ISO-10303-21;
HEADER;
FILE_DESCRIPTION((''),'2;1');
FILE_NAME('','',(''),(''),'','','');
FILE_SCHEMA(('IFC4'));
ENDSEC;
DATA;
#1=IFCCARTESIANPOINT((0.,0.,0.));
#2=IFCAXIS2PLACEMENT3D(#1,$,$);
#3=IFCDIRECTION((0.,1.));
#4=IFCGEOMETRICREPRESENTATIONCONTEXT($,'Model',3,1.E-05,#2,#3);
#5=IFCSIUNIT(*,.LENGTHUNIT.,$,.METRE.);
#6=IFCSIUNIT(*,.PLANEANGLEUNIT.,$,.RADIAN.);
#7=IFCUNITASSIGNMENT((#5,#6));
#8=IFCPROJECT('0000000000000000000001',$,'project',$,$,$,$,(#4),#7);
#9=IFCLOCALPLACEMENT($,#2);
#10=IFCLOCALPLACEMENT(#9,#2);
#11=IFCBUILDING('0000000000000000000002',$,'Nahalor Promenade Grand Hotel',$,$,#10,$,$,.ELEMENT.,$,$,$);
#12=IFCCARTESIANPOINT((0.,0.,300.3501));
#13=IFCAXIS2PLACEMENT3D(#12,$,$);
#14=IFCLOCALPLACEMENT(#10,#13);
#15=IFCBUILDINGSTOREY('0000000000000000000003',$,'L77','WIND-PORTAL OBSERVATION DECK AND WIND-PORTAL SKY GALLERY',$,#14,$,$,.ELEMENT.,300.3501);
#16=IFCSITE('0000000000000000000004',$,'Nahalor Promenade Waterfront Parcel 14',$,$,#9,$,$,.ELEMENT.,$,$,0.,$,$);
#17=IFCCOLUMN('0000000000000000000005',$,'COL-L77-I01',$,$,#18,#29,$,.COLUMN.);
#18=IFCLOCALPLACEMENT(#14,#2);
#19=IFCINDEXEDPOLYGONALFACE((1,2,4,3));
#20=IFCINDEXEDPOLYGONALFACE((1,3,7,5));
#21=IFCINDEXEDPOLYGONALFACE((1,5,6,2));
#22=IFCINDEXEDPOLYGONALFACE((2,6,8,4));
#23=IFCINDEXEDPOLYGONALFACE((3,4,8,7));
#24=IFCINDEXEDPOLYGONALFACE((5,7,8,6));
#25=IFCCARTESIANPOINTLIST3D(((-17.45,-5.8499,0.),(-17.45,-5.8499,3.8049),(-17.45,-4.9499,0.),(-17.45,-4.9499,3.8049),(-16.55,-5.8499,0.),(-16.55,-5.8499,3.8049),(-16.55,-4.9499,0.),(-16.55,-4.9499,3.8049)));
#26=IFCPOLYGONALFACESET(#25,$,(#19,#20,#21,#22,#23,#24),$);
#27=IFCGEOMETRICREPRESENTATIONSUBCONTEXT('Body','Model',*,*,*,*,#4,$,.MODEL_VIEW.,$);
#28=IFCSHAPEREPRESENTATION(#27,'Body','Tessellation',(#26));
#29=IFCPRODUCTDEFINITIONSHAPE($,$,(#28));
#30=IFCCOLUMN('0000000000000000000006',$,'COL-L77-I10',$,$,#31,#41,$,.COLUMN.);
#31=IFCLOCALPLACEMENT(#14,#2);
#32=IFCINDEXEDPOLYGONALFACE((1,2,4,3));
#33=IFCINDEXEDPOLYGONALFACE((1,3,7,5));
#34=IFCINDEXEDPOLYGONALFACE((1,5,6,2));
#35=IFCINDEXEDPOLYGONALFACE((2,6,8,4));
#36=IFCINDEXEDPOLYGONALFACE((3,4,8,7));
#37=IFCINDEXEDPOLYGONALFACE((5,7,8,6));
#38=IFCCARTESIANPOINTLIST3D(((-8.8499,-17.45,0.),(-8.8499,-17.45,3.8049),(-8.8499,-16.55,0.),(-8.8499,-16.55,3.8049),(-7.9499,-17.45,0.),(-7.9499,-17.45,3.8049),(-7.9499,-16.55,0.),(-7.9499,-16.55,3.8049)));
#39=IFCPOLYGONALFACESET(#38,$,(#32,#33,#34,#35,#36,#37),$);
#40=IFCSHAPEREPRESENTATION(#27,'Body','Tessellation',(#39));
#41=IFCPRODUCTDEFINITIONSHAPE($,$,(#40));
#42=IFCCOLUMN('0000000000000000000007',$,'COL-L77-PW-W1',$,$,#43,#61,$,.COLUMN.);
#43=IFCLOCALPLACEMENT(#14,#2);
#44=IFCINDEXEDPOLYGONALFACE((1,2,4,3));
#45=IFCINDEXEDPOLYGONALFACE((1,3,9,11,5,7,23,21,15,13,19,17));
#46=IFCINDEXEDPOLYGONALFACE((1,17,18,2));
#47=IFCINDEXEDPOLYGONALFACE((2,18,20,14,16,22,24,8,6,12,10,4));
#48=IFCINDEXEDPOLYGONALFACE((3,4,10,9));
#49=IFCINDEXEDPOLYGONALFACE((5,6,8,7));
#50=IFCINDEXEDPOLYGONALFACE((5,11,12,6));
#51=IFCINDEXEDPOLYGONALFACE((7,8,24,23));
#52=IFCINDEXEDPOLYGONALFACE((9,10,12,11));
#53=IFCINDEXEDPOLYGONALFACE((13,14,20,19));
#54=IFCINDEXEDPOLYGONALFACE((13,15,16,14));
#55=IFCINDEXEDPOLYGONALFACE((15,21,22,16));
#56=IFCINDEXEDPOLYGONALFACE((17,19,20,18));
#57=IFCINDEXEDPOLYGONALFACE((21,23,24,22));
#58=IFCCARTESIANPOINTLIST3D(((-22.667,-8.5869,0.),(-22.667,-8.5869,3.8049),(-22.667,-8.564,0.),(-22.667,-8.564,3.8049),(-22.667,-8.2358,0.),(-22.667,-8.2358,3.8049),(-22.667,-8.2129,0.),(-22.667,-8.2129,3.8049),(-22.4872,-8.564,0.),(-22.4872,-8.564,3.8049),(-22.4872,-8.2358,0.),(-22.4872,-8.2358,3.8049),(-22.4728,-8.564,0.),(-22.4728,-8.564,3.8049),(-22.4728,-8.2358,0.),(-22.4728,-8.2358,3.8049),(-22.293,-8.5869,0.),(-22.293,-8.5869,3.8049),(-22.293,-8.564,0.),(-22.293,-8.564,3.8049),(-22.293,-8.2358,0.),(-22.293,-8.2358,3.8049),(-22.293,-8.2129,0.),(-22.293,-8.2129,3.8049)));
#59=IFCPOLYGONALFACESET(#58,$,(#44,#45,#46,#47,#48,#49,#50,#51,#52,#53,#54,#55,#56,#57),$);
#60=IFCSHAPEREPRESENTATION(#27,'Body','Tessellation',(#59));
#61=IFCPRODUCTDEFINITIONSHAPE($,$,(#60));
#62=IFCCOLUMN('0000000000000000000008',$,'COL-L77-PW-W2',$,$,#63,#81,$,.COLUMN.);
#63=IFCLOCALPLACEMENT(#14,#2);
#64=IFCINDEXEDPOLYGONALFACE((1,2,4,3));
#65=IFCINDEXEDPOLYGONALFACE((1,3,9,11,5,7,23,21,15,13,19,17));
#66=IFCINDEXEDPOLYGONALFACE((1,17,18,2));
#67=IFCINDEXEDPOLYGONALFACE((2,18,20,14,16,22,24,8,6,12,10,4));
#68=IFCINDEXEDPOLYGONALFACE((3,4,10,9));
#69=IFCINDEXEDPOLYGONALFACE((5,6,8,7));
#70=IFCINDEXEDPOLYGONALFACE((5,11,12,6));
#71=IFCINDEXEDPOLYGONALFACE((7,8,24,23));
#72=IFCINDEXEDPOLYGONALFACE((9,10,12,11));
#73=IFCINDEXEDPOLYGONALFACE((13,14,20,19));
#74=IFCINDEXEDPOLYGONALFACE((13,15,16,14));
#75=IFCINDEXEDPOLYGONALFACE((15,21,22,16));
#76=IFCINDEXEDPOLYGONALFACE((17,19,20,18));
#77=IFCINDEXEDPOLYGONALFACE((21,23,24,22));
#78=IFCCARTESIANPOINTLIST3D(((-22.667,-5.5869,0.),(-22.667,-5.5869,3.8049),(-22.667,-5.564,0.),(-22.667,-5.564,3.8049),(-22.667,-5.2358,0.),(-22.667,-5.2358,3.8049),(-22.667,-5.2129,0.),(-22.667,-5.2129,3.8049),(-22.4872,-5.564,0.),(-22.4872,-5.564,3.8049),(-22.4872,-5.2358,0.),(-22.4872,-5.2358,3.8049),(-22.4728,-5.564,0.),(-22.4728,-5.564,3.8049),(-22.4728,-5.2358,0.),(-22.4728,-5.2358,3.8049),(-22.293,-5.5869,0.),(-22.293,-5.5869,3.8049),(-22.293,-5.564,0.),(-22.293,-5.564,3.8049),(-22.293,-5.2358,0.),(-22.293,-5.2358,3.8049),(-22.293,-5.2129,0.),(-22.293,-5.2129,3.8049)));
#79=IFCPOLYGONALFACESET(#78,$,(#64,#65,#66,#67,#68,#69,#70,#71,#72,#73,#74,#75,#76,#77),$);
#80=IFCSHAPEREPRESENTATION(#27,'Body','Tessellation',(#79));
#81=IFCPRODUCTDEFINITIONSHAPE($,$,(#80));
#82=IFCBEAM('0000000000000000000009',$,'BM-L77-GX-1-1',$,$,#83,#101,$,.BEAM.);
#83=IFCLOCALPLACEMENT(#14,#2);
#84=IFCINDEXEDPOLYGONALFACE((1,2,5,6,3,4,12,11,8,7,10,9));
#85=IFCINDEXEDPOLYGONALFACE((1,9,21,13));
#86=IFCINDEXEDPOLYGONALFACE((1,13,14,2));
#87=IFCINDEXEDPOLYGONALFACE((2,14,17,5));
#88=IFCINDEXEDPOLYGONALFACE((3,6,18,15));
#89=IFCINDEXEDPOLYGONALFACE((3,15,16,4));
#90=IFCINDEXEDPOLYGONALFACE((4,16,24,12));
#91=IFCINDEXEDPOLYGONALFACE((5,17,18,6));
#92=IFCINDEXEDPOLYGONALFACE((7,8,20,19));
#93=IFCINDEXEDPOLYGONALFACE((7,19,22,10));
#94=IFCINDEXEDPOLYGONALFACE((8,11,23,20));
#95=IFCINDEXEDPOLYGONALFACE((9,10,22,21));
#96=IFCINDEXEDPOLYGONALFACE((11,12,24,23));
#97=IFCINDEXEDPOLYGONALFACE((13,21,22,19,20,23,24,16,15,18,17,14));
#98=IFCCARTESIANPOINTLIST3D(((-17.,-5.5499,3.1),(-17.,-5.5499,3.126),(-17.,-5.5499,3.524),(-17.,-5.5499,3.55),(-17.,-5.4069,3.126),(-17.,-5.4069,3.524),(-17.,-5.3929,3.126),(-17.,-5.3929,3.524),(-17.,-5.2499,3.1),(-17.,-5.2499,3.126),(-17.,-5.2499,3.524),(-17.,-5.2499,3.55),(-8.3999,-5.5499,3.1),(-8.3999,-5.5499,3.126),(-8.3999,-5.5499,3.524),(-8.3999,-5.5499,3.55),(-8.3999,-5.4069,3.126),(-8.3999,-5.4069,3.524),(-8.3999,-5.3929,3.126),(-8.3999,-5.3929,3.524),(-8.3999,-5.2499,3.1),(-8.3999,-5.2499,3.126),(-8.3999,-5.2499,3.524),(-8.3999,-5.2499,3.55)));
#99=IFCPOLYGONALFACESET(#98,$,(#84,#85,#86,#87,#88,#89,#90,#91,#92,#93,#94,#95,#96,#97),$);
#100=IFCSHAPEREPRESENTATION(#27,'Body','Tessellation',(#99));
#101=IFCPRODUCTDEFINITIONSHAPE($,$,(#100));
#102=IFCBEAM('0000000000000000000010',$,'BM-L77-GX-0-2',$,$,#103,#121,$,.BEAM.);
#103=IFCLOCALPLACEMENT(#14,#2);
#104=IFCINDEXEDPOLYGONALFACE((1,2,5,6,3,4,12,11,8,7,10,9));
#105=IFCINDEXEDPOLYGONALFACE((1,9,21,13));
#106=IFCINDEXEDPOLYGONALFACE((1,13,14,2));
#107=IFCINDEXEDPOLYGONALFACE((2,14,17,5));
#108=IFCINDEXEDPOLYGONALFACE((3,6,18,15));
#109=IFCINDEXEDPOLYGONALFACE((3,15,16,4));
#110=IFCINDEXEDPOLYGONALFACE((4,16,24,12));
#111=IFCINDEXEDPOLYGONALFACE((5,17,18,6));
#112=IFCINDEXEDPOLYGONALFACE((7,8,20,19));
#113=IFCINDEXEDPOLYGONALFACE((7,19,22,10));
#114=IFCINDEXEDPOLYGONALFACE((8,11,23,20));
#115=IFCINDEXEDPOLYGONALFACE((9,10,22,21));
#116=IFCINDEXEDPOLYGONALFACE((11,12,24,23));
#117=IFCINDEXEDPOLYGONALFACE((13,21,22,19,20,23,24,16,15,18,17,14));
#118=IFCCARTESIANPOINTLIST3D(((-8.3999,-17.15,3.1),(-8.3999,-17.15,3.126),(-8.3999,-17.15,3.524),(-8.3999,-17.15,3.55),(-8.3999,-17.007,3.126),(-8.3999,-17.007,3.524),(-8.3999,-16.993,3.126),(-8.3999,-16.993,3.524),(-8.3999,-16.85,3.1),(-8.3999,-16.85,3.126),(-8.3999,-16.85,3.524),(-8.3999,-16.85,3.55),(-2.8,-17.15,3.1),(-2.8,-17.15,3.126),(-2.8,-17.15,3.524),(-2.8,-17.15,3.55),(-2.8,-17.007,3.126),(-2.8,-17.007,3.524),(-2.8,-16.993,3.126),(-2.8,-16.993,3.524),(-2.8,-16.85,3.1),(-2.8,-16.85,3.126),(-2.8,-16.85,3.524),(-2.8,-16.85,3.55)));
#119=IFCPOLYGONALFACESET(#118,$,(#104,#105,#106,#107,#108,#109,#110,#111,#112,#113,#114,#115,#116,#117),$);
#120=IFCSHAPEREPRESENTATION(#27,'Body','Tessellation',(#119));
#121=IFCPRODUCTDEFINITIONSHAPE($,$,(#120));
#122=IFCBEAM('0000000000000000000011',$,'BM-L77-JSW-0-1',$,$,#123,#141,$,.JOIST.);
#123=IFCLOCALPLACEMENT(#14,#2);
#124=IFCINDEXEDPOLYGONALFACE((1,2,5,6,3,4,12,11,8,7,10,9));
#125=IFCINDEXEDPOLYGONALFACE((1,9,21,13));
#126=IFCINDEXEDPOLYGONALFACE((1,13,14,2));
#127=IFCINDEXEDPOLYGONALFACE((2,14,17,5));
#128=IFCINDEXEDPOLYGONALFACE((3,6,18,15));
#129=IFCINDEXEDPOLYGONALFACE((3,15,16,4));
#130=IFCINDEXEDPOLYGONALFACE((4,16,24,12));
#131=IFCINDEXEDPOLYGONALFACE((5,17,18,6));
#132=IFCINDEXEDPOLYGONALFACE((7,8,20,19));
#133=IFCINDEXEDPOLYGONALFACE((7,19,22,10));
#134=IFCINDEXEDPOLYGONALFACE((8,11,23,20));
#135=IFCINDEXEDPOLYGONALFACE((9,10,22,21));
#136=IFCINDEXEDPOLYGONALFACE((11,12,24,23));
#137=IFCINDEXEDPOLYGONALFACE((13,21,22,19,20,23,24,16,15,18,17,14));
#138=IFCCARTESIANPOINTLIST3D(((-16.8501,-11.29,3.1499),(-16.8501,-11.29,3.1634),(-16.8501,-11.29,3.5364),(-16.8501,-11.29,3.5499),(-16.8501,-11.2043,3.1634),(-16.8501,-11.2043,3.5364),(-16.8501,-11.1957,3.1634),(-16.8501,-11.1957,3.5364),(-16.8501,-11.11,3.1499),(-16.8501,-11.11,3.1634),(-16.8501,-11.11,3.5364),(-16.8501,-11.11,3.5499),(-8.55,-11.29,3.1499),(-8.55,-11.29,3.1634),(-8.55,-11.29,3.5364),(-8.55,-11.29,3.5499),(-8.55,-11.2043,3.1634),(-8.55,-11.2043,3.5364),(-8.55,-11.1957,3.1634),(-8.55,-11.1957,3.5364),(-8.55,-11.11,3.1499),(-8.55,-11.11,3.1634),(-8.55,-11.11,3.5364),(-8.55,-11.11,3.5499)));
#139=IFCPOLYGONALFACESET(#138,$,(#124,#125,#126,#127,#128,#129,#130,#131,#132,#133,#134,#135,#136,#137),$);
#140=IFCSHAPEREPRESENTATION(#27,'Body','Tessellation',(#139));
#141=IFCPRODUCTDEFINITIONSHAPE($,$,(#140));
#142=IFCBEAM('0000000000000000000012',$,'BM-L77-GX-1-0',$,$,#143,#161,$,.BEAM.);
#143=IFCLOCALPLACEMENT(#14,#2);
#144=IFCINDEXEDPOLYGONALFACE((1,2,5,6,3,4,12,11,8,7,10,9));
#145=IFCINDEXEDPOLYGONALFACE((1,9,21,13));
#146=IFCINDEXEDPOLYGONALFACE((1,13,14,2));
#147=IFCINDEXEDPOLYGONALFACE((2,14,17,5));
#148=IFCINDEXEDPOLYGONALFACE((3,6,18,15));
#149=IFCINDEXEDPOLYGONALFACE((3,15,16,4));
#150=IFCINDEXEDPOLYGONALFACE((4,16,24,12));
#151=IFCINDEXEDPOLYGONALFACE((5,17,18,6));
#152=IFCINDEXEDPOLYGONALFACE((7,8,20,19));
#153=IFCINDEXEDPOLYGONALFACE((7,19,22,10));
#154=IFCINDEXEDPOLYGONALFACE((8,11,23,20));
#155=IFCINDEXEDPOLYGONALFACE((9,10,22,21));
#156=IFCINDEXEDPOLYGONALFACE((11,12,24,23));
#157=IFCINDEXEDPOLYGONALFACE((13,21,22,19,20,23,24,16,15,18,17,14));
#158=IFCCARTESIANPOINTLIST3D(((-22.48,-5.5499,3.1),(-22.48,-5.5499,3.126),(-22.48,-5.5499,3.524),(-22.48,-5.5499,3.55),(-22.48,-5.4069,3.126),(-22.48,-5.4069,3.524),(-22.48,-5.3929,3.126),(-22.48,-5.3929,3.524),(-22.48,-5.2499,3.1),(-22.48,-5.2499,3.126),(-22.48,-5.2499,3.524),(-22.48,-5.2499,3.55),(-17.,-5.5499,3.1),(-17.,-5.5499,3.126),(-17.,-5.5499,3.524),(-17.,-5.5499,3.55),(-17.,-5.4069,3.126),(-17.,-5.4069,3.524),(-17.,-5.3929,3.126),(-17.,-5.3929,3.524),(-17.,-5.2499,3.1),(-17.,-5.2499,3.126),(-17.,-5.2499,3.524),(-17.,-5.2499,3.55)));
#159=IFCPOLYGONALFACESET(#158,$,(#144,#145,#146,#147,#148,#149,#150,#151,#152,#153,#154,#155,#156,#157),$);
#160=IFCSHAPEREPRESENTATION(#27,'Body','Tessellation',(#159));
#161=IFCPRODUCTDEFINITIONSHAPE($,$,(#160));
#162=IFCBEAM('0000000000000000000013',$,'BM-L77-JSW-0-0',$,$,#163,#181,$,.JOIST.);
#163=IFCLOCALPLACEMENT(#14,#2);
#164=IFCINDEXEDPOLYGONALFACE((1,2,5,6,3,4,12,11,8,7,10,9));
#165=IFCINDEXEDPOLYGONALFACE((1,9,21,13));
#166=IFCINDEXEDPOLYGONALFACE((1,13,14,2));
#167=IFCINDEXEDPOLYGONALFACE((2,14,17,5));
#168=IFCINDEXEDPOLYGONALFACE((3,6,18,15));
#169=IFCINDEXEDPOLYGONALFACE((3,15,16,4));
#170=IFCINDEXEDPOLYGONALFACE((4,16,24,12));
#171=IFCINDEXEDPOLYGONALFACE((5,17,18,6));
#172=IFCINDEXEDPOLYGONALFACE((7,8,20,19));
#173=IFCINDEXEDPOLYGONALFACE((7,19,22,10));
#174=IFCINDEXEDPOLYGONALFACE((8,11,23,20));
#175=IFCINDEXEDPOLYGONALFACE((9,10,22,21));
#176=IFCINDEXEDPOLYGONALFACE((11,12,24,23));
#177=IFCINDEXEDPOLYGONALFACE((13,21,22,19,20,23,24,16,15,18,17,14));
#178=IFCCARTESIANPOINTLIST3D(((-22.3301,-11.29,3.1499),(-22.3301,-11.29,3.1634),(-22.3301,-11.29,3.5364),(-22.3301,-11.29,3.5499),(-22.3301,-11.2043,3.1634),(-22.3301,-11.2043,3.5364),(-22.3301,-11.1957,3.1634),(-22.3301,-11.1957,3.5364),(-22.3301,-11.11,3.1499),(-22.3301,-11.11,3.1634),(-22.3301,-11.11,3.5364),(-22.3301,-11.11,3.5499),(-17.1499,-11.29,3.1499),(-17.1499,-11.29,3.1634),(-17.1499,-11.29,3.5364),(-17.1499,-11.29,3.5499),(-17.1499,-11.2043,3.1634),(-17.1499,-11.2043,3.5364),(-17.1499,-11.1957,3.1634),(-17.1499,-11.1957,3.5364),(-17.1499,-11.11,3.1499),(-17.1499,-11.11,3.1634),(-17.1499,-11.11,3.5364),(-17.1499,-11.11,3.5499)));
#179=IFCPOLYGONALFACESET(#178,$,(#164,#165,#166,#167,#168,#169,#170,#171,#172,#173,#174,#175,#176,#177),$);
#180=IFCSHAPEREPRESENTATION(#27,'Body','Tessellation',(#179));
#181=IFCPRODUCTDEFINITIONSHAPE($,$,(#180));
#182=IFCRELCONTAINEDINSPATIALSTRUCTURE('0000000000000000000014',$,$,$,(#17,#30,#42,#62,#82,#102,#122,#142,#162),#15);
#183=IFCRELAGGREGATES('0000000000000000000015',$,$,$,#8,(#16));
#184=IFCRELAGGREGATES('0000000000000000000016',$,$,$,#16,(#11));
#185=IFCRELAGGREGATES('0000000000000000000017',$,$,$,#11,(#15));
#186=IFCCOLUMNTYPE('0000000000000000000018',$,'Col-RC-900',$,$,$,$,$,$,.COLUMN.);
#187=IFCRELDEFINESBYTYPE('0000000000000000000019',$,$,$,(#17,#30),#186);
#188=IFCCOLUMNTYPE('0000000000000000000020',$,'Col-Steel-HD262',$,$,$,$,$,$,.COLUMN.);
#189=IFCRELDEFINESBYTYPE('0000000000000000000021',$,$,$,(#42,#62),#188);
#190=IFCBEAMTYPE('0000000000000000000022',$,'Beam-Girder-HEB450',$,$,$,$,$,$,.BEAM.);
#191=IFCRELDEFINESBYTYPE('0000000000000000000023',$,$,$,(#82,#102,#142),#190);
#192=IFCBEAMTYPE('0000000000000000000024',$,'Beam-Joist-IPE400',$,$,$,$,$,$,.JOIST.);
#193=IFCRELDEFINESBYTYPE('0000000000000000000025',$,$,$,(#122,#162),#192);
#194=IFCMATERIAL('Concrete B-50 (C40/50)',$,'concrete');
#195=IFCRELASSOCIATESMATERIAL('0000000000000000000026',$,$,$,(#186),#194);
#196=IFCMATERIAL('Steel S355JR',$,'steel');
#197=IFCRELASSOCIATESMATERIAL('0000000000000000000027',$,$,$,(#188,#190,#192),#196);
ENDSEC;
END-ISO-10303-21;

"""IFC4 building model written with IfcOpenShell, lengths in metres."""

from ifc_helpers import new_model, si_unit, direction, frame, origin, origin_2d, place, context, subcontext, project, spatial, rectangle, i_section, extrude, source, transform, mapped, material, material_profile, profile_set, type_object, element, save


model = new_model("IFC4")

# Units and contexts
model_context = context("Model", 3, precision=1e-05, world=origin(), true_north=direction((0.0, 1.0)))
body_context = subcontext(model_context, "Body", "Model", "MODEL_VIEW")
ifc_project = project(units=[si_unit("LENGTHUNIT", "METRE"), si_unit("PLANEANGLEUNIT", "RADIAN")], contexts=[model_context])

# Site, building, storey
site_placement = place(None, origin())
site = spatial("IfcSite", under=ifc_project, at=site_placement, Name="Nahalor Promenade Waterfront Parcel 14", CompositionType="ELEMENT", RefElevation=0.0)
building_placement = place(site_placement, origin())
building = spatial("IfcBuilding", under=site, at=building_placement, Name="Nahalor Promenade Grand Hotel", CompositionType="ELEMENT")
storey_placement = place(building_placement, frame((0.0, 0.0, 300.3501)))
storey = spatial("IfcBuildingStorey", under=building, at=storey_placement, Name="L77", Description="WIND-PORTAL OBSERVATION DECK AND WIND-PORTAL SKY GALLERY", CompositionType="ELEMENT", Elevation=300.3501)

# Columns
ifc_material_1 = material(Name="Concrete B-50 (C40/50)", Category="concrete")
ifc_material_profile_1 = material_profile(ifc_material_1, rectangle(XDim=0.9, YDim=0.9, at=origin_2d()), Name="RC 900x900")
ifc_profile_set_1 = profile_set([ifc_material_profile_1], Name="Concrete B-50 (C40/50)")
column_type_1 = type_object("IfcColumnType", Name="Col-RC-900", PredefinedType="COLUMN", material=ifc_profile_set_1)
shared_shape_1 = source(origin(), body_context, "Body", "SweptSolid", [
    extrude(rectangle(XDim=0.9, YDim=0.9, at=origin_2d()), origin(), (0.0, 0.0, 1.0), 3.8049),
])
for number, where, z_axis, x_axis, name in (
    (1, (-17.0, -5.3999, 0.0), (0.0, 0.0, 1.0), (1.0, 0.0, 0.0), "COL-L77-I01"),
    (2, (-8.3999, -17.0, 0.0), (0.0, 0.0, 1.0), (1.0, 0.0, 0.0), "COL-L77-I10"),
):
    element("IfcColumn", number, at=place(storey_placement, frame(where, z_axis=z_axis, x_axis=x_axis)), inside=storey, type_object=column_type_1, Name=name, PredefinedType="COLUMN", context=body_context, shape_type="MappedRepresentation", body=[
        mapped(shared_shape_1, transform((0.0, 0.0, 0.0), scale=1.0)),
    ])
ifc_material_2 = material(Name="Steel S355JR", Category="steel")
ifc_material_profile_2 = material_profile(ifc_material_2, i_section(OverallWidth=0.374, OverallDepth=0.374, WebThickness=0.0144, FlangeThickness=0.0229, at=origin_2d()), Name="HD 360x262")
ifc_profile_set_2 = profile_set([ifc_material_profile_2], Name="Steel S355JR")
column_type_2 = type_object("IfcColumnType", Name="Col-Steel-HD262", PredefinedType="COLUMN", material=ifc_profile_set_2)
shared_shape_2 = source(origin(), body_context, "Body", "SweptSolid", [
    extrude(i_section(OverallWidth=0.374, OverallDepth=0.374, WebThickness=0.0144, FlangeThickness=0.0229, at=origin_2d()), origin(), (0.0, 0.0, 1.0), 3.8049),
])
for number, where, z_axis, x_axis, name in (
    (3, (-22.48, -8.3999, 0.0), (0.0, 0.0, 1.0), (1.0, 0.0, 0.0), "COL-L77-PW-W1"),
    (4, (-22.48, -5.3999, 0.0), (0.0, 0.0, 1.0), (1.0, 0.0, 0.0), "COL-L77-PW-W2"),
):
    element("IfcColumn", number, at=place(storey_placement, frame(where, z_axis=z_axis, x_axis=x_axis)), inside=storey, type_object=column_type_2, Name=name, PredefinedType="COLUMN", context=body_context, shape_type="MappedRepresentation", body=[
        mapped(shared_shape_2, transform((0.0, 0.0, 0.0), scale=1.0)),
    ])

# Beams
ifc_material_profile_3 = material_profile(ifc_material_2, i_section(OverallWidth=0.3, OverallDepth=0.45, WebThickness=0.014, FlangeThickness=0.026, at=origin_2d()), Name="HEB 450")
ifc_profile_set_3 = profile_set([ifc_material_profile_3], Name="Steel S355JR")
beam_type_1 = type_object("IfcBeamType", Name="Beam-Girder-HEB450", PredefinedType="BEAM", material=ifc_profile_set_3)
shared_shape_3 = source(origin(), body_context, "Body", "SweptSolid", [
    extrude(i_section(OverallWidth=0.3, OverallDepth=0.45, WebThickness=0.014, FlangeThickness=0.026, at=origin_2d()), origin(), (0.0, 0.0, 1.0), 8.6001),
])
beam_1_placement = place(storey_placement, frame((-17.0, -5.3999, 3.325), z_axis=(1.0, 0.0, 0.0), x_axis=(0.0, 1.0, 0.0)))
element("IfcBeam", 5, at=beam_1_placement, inside=storey, type_object=beam_type_1, Name="BM-L77-GX-1-1", PredefinedType="BEAM", context=body_context, shape_type="MappedRepresentation", body=[
    mapped(shared_shape_3, transform((0.0, 0.0, 0.0), scale=1.0)),
])
shared_shape_4 = source(origin(), body_context, "Body", "SweptSolid", [
    extrude(i_section(OverallWidth=0.3, OverallDepth=0.45, WebThickness=0.014, FlangeThickness=0.026, at=origin_2d()), origin(), (0.0, 0.0, 1.0), 5.5999),
])
beam_2_placement = place(storey_placement, frame((-8.3999, -17.0, 3.325), z_axis=(1.0, 0.0, 0.0), x_axis=(0.0, 1.0, 0.0)))
element("IfcBeam", 6, at=beam_2_placement, inside=storey, type_object=beam_type_1, Name="BM-L77-GX-0-2", PredefinedType="BEAM", context=body_context, shape_type="MappedRepresentation", body=[
    mapped(shared_shape_4, transform((0.0, 0.0, 0.0), scale=1.0)),
])
ifc_material_profile_4 = material_profile(ifc_material_2, i_section(OverallWidth=0.18, OverallDepth=0.4, WebThickness=0.0086, FlangeThickness=0.0135, at=origin_2d()), Name="IPE 400")
ifc_profile_set_4 = profile_set([ifc_material_profile_4], Name="Steel S355JR")
beam_type_2 = type_object("IfcBeamType", Name="Beam-Joist-IPE400", PredefinedType="JOIST", material=ifc_profile_set_4)
shared_shape_5 = source(origin(), body_context, "Body", "SweptSolid", [
    extrude(i_section(OverallWidth=0.18, OverallDepth=0.4, WebThickness=0.0086, FlangeThickness=0.0135, at=origin_2d()), origin(), (0.0, 0.0, 1.0), 8.3),
])
beam_3_placement = place(storey_placement, frame((-16.8501, -11.2, 3.3499), z_axis=(1.0, 0.0, 0.0), x_axis=(0.0, 1.0, 0.0)))
element("IfcBeam", 7, at=beam_3_placement, inside=storey, type_object=beam_type_2, Name="BM-L77-JSW-0-1", PredefinedType="JOIST", context=body_context, shape_type="MappedRepresentation", body=[
    mapped(shared_shape_5, transform((0.0, 0.0, 0.0), scale=1.0)),
])
shared_shape_6 = source(origin(), body_context, "Body", "SweptSolid", [
    extrude(i_section(OverallWidth=0.3, OverallDepth=0.45, WebThickness=0.014, FlangeThickness=0.026, at=origin_2d()), origin(), (0.0, 0.0, 1.0), 5.48),
])
beam_4_placement = place(storey_placement, frame((-22.48, -5.3999, 3.325), z_axis=(1.0, 0.0, 0.0), x_axis=(0.0, 1.0, 0.0)))
element("IfcBeam", 8, at=beam_4_placement, inside=storey, type_object=beam_type_1, Name="BM-L77-GX-1-0", PredefinedType="BEAM", context=body_context, shape_type="MappedRepresentation", body=[
    mapped(shared_shape_6, transform((0.0, 0.0, 0.0), scale=1.0)),
])
shared_shape_7 = source(origin(), body_context, "Body", "SweptSolid", [
    extrude(i_section(OverallWidth=0.18, OverallDepth=0.4, WebThickness=0.0086, FlangeThickness=0.0135, at=origin_2d()), origin(), (0.0, 0.0, 1.0), 5.1802),
])
beam_5_placement = place(storey_placement, frame((-22.3301, -11.2, 3.3499), z_axis=(1.0, 0.0, 0.0), x_axis=(0.0, 1.0, 0.0)))
element("IfcBeam", 9, at=beam_5_placement, inside=storey, type_object=beam_type_2, Name="BM-L77-JSW-0-0", PredefinedType="JOIST", context=body_context, shape_type="MappedRepresentation", body=[
    mapped(shared_shape_7, transform((0.0, 0.0, 0.0), scale=1.0)),
])

save(model, "model.ifc")
